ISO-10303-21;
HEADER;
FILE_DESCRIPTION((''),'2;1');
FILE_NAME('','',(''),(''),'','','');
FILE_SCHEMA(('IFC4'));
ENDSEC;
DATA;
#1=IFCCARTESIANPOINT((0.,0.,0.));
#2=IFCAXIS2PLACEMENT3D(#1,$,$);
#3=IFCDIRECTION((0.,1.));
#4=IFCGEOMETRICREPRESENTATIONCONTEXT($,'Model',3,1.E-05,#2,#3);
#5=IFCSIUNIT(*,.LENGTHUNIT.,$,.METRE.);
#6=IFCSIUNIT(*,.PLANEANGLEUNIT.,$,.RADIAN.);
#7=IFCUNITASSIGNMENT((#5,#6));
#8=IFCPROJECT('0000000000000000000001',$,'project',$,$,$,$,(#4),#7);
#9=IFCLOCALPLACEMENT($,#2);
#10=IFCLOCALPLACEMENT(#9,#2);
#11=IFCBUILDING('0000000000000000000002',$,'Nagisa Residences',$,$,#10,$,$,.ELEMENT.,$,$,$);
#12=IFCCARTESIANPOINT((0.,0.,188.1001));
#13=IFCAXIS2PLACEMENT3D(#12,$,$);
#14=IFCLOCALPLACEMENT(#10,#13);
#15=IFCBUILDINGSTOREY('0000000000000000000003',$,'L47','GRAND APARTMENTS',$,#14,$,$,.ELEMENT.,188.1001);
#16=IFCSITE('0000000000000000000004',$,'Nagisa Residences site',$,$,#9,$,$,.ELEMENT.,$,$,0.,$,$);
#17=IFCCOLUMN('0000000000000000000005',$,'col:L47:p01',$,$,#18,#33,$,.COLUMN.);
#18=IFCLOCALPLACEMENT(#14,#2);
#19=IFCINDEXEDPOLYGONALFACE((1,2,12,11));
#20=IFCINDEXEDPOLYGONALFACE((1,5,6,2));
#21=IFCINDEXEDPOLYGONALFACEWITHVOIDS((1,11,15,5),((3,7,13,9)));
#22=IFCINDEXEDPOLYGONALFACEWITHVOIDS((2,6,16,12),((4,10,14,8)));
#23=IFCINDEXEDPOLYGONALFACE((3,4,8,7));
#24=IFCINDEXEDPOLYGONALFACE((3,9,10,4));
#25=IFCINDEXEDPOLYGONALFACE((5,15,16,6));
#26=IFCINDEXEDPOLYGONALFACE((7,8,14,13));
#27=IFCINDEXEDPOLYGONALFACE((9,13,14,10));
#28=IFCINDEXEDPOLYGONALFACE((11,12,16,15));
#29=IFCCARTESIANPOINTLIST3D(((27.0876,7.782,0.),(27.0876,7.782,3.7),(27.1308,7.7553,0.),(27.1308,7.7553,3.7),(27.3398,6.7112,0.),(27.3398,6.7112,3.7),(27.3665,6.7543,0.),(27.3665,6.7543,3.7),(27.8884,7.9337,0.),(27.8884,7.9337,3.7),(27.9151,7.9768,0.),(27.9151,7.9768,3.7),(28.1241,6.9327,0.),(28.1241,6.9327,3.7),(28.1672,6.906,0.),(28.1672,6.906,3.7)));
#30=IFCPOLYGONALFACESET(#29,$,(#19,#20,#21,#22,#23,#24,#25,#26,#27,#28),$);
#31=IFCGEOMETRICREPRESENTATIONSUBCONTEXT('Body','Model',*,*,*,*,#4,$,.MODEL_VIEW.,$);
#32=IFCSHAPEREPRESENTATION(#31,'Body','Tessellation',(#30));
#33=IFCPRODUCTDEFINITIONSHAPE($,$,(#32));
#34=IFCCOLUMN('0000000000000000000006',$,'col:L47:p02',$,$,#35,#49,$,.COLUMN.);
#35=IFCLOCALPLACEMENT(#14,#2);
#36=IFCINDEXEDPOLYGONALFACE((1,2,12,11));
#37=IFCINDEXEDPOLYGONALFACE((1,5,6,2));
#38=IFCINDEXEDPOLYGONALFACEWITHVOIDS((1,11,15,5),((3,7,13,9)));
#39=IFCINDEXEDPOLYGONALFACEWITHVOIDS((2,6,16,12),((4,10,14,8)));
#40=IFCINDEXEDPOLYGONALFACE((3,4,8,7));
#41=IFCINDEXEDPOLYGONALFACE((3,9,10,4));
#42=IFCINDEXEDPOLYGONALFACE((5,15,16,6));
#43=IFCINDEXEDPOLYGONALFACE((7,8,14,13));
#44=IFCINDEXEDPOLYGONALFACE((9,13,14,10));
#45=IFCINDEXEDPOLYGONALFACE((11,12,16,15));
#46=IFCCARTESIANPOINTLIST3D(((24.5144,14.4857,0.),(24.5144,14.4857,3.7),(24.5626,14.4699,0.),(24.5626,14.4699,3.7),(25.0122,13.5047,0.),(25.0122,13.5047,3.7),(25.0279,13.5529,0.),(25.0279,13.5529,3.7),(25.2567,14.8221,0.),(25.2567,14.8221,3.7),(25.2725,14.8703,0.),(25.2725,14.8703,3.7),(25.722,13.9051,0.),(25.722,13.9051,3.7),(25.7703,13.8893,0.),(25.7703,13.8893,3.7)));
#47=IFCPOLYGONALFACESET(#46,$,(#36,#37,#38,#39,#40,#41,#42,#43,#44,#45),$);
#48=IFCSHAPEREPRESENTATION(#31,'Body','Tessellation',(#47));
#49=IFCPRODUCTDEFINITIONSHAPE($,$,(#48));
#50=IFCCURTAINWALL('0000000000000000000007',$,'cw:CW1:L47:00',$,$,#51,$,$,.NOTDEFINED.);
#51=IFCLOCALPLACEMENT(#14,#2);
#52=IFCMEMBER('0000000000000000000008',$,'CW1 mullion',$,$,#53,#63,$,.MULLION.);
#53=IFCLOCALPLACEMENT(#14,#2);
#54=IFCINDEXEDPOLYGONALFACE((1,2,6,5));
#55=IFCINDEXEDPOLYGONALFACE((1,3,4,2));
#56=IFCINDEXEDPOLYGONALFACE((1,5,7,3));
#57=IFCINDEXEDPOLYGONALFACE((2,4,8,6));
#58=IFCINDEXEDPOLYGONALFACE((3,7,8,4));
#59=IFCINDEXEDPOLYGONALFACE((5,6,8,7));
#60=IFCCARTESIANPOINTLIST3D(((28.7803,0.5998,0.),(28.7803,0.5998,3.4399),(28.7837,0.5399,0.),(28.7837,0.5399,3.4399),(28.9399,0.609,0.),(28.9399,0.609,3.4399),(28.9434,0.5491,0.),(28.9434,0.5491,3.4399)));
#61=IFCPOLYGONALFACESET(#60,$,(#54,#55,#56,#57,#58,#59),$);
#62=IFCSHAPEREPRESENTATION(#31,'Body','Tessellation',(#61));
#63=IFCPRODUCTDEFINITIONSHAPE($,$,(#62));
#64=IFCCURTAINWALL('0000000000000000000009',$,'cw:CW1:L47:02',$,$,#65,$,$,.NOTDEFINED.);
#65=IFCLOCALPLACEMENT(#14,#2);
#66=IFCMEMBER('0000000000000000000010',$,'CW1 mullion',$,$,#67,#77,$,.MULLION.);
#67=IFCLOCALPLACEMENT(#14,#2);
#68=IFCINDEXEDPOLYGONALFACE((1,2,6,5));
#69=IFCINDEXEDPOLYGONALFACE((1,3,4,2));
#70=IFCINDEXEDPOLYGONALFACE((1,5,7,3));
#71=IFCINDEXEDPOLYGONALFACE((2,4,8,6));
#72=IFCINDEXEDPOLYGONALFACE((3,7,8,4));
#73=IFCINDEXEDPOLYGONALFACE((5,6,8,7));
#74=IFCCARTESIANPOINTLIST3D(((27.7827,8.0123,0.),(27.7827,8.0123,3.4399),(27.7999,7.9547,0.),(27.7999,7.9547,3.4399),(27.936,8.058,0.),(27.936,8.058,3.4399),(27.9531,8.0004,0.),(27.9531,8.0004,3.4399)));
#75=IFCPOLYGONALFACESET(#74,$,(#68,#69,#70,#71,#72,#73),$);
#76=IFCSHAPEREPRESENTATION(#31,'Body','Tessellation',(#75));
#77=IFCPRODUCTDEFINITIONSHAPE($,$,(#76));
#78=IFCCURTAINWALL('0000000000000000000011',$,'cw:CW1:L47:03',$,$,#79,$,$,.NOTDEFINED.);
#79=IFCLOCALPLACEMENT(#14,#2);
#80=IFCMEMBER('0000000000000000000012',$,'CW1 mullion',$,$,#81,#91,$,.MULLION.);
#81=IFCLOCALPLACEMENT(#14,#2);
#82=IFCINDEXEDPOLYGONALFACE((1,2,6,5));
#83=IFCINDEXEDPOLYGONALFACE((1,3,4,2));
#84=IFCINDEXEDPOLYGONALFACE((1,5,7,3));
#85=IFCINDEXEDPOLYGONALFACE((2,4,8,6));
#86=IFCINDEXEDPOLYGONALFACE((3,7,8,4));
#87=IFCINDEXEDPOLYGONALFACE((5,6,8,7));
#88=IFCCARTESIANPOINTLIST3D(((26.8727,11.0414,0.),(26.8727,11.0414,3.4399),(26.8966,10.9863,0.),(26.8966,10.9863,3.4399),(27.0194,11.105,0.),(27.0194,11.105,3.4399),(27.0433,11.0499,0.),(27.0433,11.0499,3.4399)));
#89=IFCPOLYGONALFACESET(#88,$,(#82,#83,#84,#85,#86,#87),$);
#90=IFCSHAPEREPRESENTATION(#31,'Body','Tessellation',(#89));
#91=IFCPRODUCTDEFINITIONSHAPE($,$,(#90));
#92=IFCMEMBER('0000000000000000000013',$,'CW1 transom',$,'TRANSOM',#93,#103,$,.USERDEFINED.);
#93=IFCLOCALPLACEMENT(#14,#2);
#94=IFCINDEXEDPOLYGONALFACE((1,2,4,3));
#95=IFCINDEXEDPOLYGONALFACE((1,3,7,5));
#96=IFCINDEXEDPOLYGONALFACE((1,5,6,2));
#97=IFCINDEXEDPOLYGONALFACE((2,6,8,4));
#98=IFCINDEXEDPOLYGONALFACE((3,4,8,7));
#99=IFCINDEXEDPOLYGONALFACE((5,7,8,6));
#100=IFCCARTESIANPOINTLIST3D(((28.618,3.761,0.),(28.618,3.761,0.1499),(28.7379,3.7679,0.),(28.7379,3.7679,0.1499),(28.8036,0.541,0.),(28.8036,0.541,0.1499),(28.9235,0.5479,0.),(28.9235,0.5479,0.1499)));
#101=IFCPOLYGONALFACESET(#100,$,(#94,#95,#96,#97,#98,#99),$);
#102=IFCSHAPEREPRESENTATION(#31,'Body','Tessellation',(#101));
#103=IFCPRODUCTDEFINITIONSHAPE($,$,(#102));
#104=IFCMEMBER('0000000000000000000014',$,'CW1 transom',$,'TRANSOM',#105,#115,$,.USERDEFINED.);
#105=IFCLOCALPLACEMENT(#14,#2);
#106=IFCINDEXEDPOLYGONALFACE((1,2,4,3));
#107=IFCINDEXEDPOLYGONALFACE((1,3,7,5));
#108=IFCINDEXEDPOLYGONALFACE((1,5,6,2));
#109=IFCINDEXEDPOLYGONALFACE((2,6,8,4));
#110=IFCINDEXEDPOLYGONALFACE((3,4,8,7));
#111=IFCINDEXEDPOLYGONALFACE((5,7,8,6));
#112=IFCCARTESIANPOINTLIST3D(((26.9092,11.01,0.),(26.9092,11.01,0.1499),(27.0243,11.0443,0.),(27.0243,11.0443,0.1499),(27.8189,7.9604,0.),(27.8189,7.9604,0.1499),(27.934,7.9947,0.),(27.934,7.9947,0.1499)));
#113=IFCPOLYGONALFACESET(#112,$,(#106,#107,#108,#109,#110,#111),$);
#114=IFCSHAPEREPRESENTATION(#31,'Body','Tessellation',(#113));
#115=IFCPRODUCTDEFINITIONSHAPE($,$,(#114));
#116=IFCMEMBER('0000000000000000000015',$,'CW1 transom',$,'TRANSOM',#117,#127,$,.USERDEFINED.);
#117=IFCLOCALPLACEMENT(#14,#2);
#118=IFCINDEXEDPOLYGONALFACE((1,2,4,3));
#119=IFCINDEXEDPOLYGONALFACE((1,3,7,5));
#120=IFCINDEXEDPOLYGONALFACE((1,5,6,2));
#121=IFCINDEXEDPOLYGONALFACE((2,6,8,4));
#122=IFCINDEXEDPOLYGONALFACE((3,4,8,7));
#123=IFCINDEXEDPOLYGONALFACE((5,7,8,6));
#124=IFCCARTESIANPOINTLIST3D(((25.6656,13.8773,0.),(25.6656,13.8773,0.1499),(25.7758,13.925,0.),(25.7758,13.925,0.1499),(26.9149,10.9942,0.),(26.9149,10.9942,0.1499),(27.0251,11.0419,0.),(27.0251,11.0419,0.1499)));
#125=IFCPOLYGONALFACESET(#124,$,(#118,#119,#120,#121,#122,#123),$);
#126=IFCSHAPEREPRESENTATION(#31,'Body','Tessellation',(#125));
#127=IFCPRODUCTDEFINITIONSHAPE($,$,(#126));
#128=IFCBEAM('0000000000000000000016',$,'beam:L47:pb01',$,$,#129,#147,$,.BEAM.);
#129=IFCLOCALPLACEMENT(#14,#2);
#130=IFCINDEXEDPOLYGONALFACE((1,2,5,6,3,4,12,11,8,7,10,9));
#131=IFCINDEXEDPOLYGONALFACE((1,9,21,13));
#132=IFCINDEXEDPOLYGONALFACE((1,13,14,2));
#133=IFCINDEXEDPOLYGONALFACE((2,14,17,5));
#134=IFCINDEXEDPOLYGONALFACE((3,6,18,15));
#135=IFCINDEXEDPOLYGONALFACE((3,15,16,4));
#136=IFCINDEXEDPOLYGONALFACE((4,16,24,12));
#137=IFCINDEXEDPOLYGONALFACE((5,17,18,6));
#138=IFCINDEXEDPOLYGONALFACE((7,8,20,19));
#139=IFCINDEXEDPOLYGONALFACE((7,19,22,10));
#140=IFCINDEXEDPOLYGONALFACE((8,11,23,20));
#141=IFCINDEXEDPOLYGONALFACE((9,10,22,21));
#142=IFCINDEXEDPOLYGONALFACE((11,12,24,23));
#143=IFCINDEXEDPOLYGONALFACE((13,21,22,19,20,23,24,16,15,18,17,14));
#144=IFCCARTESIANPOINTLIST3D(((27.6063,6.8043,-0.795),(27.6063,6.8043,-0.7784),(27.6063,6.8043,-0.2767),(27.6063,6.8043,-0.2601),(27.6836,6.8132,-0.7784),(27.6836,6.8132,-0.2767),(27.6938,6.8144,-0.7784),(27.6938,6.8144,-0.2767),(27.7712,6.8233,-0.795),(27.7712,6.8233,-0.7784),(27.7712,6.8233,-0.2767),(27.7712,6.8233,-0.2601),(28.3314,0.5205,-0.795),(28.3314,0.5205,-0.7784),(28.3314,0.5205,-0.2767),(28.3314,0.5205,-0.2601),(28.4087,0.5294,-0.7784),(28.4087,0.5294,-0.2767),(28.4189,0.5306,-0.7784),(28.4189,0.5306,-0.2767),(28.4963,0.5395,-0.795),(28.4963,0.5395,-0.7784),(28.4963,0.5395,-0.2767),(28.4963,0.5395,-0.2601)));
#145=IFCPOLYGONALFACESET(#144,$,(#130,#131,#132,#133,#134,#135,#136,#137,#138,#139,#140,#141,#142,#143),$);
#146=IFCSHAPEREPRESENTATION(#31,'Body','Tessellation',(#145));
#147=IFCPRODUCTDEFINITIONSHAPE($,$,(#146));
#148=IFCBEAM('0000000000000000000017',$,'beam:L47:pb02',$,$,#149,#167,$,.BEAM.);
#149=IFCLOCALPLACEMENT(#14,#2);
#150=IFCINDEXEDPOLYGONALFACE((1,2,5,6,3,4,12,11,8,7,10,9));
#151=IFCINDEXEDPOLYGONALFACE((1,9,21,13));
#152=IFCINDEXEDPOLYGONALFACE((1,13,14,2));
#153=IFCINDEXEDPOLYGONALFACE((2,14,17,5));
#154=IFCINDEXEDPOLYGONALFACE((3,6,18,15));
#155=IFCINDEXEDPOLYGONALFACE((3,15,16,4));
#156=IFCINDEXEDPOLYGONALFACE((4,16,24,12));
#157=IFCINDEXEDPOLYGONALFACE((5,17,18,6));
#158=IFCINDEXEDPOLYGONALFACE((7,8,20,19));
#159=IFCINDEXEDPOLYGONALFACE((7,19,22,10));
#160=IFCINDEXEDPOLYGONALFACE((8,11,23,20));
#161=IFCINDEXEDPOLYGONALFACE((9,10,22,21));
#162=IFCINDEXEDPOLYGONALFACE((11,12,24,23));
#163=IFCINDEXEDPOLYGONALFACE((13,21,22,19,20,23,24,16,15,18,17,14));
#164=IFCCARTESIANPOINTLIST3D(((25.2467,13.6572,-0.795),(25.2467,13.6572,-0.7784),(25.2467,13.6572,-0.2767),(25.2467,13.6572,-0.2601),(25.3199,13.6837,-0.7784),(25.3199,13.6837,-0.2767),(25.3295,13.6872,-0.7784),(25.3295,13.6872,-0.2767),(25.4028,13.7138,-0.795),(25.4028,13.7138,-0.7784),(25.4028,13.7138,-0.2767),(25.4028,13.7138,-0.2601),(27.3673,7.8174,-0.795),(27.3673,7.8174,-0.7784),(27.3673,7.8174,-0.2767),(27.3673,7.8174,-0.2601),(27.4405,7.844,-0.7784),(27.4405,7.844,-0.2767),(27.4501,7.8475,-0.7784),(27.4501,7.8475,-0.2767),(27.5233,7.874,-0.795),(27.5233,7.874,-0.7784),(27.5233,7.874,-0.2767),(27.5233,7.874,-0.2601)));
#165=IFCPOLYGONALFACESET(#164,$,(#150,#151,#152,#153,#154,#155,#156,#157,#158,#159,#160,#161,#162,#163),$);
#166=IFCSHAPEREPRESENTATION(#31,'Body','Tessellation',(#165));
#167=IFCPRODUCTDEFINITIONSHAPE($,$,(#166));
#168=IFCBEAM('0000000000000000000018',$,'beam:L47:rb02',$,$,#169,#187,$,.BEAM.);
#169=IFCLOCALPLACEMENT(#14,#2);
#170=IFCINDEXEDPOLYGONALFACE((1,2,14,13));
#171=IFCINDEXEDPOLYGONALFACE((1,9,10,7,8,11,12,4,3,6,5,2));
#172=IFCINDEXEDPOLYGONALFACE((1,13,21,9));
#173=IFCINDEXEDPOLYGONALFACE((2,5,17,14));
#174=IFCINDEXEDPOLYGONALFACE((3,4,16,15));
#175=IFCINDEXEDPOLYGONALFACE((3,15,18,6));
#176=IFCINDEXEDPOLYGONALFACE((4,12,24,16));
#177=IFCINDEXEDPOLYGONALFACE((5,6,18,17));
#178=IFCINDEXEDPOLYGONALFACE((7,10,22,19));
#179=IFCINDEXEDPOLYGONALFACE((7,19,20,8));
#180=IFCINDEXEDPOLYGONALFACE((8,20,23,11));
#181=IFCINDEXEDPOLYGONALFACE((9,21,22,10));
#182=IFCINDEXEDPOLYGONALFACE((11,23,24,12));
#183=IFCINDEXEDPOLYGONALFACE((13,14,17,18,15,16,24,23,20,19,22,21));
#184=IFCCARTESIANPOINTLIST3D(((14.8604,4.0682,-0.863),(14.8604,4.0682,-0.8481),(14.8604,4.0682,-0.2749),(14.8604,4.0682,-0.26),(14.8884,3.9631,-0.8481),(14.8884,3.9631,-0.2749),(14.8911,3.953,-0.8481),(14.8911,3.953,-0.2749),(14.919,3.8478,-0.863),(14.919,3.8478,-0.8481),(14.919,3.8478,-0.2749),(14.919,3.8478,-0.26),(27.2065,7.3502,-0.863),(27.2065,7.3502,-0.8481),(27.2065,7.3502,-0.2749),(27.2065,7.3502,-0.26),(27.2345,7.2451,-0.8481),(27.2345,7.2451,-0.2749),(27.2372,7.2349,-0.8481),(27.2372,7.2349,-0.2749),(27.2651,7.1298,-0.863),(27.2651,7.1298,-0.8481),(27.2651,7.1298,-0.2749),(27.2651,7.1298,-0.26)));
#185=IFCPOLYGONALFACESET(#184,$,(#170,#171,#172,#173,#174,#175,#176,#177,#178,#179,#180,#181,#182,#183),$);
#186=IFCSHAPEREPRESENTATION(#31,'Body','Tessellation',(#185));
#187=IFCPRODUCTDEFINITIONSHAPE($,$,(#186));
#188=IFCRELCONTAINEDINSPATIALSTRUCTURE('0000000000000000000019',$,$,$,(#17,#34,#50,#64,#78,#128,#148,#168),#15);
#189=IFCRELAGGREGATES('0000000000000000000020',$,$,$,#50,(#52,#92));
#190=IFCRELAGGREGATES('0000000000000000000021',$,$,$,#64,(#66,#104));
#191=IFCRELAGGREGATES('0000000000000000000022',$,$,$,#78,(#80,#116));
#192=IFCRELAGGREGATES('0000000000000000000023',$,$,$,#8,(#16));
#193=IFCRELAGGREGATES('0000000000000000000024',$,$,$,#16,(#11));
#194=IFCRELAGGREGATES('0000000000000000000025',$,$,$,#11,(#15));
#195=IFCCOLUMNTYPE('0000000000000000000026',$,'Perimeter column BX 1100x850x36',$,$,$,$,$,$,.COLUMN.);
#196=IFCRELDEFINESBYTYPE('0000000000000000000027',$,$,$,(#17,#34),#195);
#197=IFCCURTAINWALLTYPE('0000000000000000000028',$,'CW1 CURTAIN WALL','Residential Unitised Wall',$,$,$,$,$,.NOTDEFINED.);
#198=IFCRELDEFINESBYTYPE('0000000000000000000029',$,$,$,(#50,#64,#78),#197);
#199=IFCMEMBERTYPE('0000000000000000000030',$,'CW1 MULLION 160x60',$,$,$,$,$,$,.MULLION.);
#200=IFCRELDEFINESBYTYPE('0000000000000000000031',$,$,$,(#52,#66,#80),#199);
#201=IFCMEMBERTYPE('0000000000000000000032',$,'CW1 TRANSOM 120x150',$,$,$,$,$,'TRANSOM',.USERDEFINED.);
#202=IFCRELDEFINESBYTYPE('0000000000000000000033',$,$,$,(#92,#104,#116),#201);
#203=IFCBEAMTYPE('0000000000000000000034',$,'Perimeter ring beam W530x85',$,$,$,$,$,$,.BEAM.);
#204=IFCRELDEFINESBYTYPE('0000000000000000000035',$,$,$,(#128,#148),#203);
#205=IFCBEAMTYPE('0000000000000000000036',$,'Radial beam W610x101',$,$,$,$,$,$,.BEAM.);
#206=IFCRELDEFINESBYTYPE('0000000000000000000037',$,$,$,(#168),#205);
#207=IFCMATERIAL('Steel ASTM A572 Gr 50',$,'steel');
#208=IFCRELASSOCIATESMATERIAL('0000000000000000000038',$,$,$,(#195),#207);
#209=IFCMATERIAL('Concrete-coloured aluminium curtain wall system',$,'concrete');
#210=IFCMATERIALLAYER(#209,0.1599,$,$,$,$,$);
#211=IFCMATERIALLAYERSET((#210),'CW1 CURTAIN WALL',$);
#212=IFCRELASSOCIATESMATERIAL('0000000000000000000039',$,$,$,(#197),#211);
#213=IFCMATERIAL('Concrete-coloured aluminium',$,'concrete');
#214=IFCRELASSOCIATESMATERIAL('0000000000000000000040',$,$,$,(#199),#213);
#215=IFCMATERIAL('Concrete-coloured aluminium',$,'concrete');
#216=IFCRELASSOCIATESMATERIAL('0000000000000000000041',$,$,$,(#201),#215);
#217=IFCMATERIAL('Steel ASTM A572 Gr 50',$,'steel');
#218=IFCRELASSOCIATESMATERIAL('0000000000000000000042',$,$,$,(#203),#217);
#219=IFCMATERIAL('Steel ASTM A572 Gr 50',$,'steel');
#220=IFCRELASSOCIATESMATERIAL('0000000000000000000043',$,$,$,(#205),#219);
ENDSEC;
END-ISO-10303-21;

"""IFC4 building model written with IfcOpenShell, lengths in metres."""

from ifc_helpers import new_model, si_unit, direction, frame, origin, origin_2d, place, context, subcontext, project, spatial, rectangle, hollow_rectangle, i_section, extrude, material, layer, layer_set, material_profile, profile_set, type_object, element, aggregate, save


model = new_model("IFC4")

# Units and contexts
model_context = context("Model", 3, precision=1e-05, world=origin(), true_north=direction((0.0, 1.0)))
body_context = subcontext(model_context, "Body", "Model", "MODEL_VIEW")
ifc_project = project(units=[si_unit("LENGTHUNIT", "METRE"), si_unit("PLANEANGLEUNIT", "RADIAN")], contexts=[model_context])

# Site, building, storey
site_placement = place(None, origin())
site = spatial("IfcSite", under=ifc_project, at=site_placement, Name="Nagisa Residences site", CompositionType="ELEMENT", RefElevation=0.0)
building_placement = place(site_placement, origin())
building = spatial("IfcBuilding", under=site, at=building_placement, Name="Nagisa Residences", CompositionType="ELEMENT")
storey_placement = place(building_placement, frame((0.0, 0.0, 188.1001)))
storey = spatial("IfcBuildingStorey", under=building, at=storey_placement, Name="L47", Description="GRAND APARTMENTS", CompositionType="ELEMENT", Elevation=188.1001)

# Columns
ifc_material_1 = material(Name="Steel ASTM A572 Gr 50", Category="steel")
ifc_material_profile_1 = material_profile(ifc_material_1, hollow_rectangle(XDim=1.1001, YDim=0.8501, WallThickness=0.0359, at=origin_2d()), Name="BX 1100x850x36")
ifc_profile_set_1 = profile_set([ifc_material_profile_1], Name="Steel ASTM A572 Gr 50")
column_type = type_object("IfcColumnType", Name="Perimeter column BX 1100x850x36", PredefinedType="COLUMN", material=ifc_profile_set_1)
for number, where, z_axis, x_axis, name in (
    (1, (27.6274, 7.344, 0.0), (0.0, 0.0, 1.0), (-0.229202, 0.973379, 0.0), "col:L47:p01"),
    (2, (25.1423, 14.1875, 0.0), (0.0, 0.0, 1.0), (-0.452463, 0.891783, 0.0), "col:L47:p02"),
):
    element("IfcColumn", number, at=place(storey_placement, frame(where, z_axis=z_axis, x_axis=x_axis)), inside=storey, type_object=column_type, Name=name, PredefinedType="COLUMN", context=body_context, shape_type="SweptSolid", body=[
        extrude(hollow_rectangle(XDim=1.1001, YDim=0.8501, WallThickness=0.0359, at=origin_2d()), origin(), (0.0, 0.0, 1.0), 3.7),
    ])

# Curtain walls, members
ifc_material_2 = material(Name="Concrete-coloured aluminium curtain wall system", Category="concrete")
ifc_layer_1 = layer(ifc_material_2, 0.1599)
ifc_layer_set_1 = layer_set([ifc_layer_1], Name="CW1 CURTAIN WALL")
curtain_wall_type = type_object("IfcCurtainWallType", Name="CW1 CURTAIN WALL", Description="Residential Unitised Wall", PredefinedType="NOTDEFINED", material=ifc_layer_set_1)
curtain_wall_1_placement = place(storey_placement, origin())
curtain_wall_1 = element("IfcCurtainWall", 3, at=curtain_wall_1_placement, inside=storey, type_object=curtain_wall_type, Name="cw:CW1:L47:00", PredefinedType="NOTDEFINED")
ifc_material_3 = material(Name="Concrete-coloured aluminium", Category="concrete")
ifc_material_profile_2 = material_profile(ifc_material_3, rectangle(XDim=0.1599, YDim=0.0601, at=origin_2d()), Name="CW1 MULLION 160x60")
ifc_profile_set_2 = profile_set([ifc_material_profile_2], Name="Concrete-coloured aluminium")
member_type_1 = type_object("IfcMemberType", Name="CW1 MULLION 160x60", PredefinedType="MULLION", material=ifc_profile_set_2)
member_1_placement = place(storey_placement, frame((28.8618, 0.5745, 0.0), z_axis=(0.0, 0.0, 1.0), x_axis=(-0.998345, -0.057503, 0.0)))
member_1 = element("IfcMember", 4, at=member_1_placement, type_object=member_type_1, Name="CW1 mullion", PredefinedType="MULLION", context=body_context, shape_type="SweptSolid", body=[
    extrude(rectangle(XDim=0.1599, YDim=0.0601, at=origin_2d()), origin(), (0.0, 0.0, 1.0), 3.4399),
])
curtain_wall_2_placement = place(storey_placement, origin())
curtain_wall_2 = element("IfcCurtainWall", 5, at=curtain_wall_2_placement, inside=storey, type_object=curtain_wall_type, Name="cw:CW1:L47:02", PredefinedType="NOTDEFINED")
member_2_placement = place(storey_placement, frame((27.8679, 8.0063, 0.0), z_axis=(0.0, 0.0, 1.0), x_axis=(-0.958271, -0.28586, 0.0)))
member_2 = element("IfcMember", 6, at=member_2_placement, type_object=member_type_1, Name="CW1 mullion", PredefinedType="MULLION", context=body_context, shape_type="SweptSolid", body=[
    extrude(rectangle(XDim=0.1599, YDim=0.0601, at=origin_2d()), origin(), (0.0, 0.0, 1.0), 3.4399),
])
curtain_wall_3_placement = place(storey_placement, origin())
curtain_wall_3 = element("IfcCurtainWall", 7, at=curtain_wall_3_placement, inside=storey, type_object=curtain_wall_type, Name="cw:CW1:L47:03", PredefinedType="NOTDEFINED")
member_3_placement = place(storey_placement, frame((26.958, 11.0457, 0.0), z_axis=(0.0, 0.0, 1.0), x_axis=(-0.917543, -0.397636, 0.0)))
member_3 = element("IfcMember", 8, at=member_3_placement, type_object=member_type_1, Name="CW1 mullion", PredefinedType="MULLION", context=body_context, shape_type="SweptSolid", body=[
    extrude(rectangle(XDim=0.1599, YDim=0.0601, at=origin_2d()), origin(), (0.0, 0.0, 1.0), 3.4399),
])

# Members
ifc_material_4 = material(Name="Concrete-coloured aluminium", Category="concrete")
ifc_material_profile_3 = material_profile(ifc_material_4, rectangle(XDim=0.1201, YDim=0.1499, at=origin_2d()), Name="CW1 TRANSOM 120x150")
ifc_profile_set_3 = profile_set([ifc_material_profile_3], Name="Concrete-coloured aluminium")
member_type_2 = type_object("IfcMemberType", Name="CW1 TRANSOM 120x150", ElementType="TRANSOM", PredefinedType="USERDEFINED", material=ifc_profile_set_3)
member_4_placement = place(storey_placement, frame((28.8635, 0.5444, 0.075), z_axis=(-0.057528, 0.998344, 0.0), x_axis=(-0.998344, -0.057528, 0.0)))
member_4 = element("IfcMember", 9, at=member_4_placement, type_object=member_type_2, Name="CW1 transom", ObjectType="TRANSOM", PredefinedType="USERDEFINED", context=body_context, shape_type="SweptSolid", body=[
    extrude(rectangle(XDim=0.1201, YDim=0.1499, at=origin_2d()), origin(), (0.0, 0.0, 1.0), 3.2253),
])
member_5_placement = place(storey_placement, frame((27.8765, 7.9775, 0.075), z_axis=(-0.285848, 0.958275, 0.0), x_axis=(-0.958275, -0.285848, 0.0)))
member_5 = element("IfcMember", 10, at=member_5_placement, type_object=member_type_2, Name="CW1 transom", ObjectType="TRANSOM", PredefinedType="USERDEFINED", context=body_context, shape_type="SweptSolid", body=[
    extrude(rectangle(XDim=0.1201, YDim=0.1499, at=origin_2d()), origin(), (0.0, 0.0, 1.0), 3.1824),
])
member_6_placement = place(storey_placement, frame((26.97, 11.0181, 0.075), z_axis=(-0.397592, 0.917562, 0.0), x_axis=(-0.917562, -0.397592, 0.0)))
member_6 = element("IfcMember", 11, at=member_6_placement, type_object=member_type_2, Name="CW1 transom", ObjectType="TRANSOM", PredefinedType="USERDEFINED", context=body_context, shape_type="SweptSolid", body=[
    extrude(rectangle(XDim=0.1201, YDim=0.1499, at=origin_2d()), origin(), (0.0, 0.0, 1.0), 3.1421),
])

# Beams
ifc_material_5 = material(Name="Steel ASTM A572 Gr 50", Category="steel")
ifc_material_profile_4 = material_profile(ifc_material_5, i_section(OverallWidth=0.166, OverallDepth=0.5349, WebThickness=0.0103, FlangeThickness=0.0166, at=origin_2d()), Name="W530x85")
ifc_profile_set_4 = profile_set([ifc_material_profile_4], Name="Steel ASTM A572 Gr 50")
beam_type_1 = type_object("IfcBeamType", Name="Perimeter ring beam W530x85", PredefinedType="BEAM", material=ifc_profile_set_4)
beam_1_placement = place(storey_placement, frame((28.4138, 0.53, -0.5276), z_axis=(-0.114633, 0.993408, 0.0), x_axis=(-0.993408, -0.114633, 0.0)))
element("IfcBeam", 12, at=beam_1_placement, inside=storey, type_object=beam_type_1, Name="beam:L47:pb01", PredefinedType="BEAM", context=body_context, shape_type="SweptSolid", body=[
    extrude(i_section(OverallWidth=0.166, OverallDepth=0.5349, WebThickness=0.0103, FlangeThickness=0.0166, at=origin_2d()), origin(), (0.0, 0.0, 1.0), 6.3254),
])
beam_2_placement = place(storey_placement, frame((27.4453, 7.8457, -0.5276), z_axis=(-0.34132, 0.939947, 0.0), x_axis=(-0.939947, -0.34132, 0.0)))
element("IfcBeam", 13, at=beam_2_placement, inside=storey, type_object=beam_type_1, Name="beam:L47:pb02", PredefinedType="BEAM", context=body_context, shape_type="SweptSolid", body=[
    extrude(i_section(OverallWidth=0.166, OverallDepth=0.5349, WebThickness=0.0103, FlangeThickness=0.0166, at=origin_2d()), origin(), (0.0, 0.0, 1.0), 6.2129),
])
ifc_material_6 = material(Name="Steel ASTM A572 Gr 50", Category="steel")
ifc_material_profile_5 = material_profile(ifc_material_6, i_section(OverallWidth=0.228, OverallDepth=0.603, WebThickness=0.0105, FlangeThickness=0.0149, at=origin_2d()), Name="W610x101")
ifc_profile_set_5 = profile_set([ifc_material_profile_5], Name="Steel ASTM A572 Gr 50")
beam_type_2 = type_object("IfcBeamType", Name="Radial beam W610x101", PredefinedType="BEAM", material=ifc_profile_set_5)
beam_3_placement = place(storey_placement, frame((27.2358, 7.24, -0.5615), z_axis=(-0.966436, -0.256907, 0.0), x_axis=(0.256907, -0.966436, 0.0)))
element("IfcBeam", 14, at=beam_3_placement, inside=storey, type_object=beam_type_2, Name="beam:L47:rb02", PredefinedType="BEAM", context=body_context, shape_type="SweptSolid", body=[
    extrude(i_section(OverallWidth=0.228, OverallDepth=0.603, WebThickness=0.0105, FlangeThickness=0.0149, at=origin_2d()), origin(), (0.0, 0.0, 1.0), 12.7749),
])

aggregate(curtain_wall_1, [member_1, member_4])
aggregate(curtain_wall_2, [member_2, member_5])
aggregate(curtain_wall_3, [member_3, member_6])

save(model, "model.ifc")
